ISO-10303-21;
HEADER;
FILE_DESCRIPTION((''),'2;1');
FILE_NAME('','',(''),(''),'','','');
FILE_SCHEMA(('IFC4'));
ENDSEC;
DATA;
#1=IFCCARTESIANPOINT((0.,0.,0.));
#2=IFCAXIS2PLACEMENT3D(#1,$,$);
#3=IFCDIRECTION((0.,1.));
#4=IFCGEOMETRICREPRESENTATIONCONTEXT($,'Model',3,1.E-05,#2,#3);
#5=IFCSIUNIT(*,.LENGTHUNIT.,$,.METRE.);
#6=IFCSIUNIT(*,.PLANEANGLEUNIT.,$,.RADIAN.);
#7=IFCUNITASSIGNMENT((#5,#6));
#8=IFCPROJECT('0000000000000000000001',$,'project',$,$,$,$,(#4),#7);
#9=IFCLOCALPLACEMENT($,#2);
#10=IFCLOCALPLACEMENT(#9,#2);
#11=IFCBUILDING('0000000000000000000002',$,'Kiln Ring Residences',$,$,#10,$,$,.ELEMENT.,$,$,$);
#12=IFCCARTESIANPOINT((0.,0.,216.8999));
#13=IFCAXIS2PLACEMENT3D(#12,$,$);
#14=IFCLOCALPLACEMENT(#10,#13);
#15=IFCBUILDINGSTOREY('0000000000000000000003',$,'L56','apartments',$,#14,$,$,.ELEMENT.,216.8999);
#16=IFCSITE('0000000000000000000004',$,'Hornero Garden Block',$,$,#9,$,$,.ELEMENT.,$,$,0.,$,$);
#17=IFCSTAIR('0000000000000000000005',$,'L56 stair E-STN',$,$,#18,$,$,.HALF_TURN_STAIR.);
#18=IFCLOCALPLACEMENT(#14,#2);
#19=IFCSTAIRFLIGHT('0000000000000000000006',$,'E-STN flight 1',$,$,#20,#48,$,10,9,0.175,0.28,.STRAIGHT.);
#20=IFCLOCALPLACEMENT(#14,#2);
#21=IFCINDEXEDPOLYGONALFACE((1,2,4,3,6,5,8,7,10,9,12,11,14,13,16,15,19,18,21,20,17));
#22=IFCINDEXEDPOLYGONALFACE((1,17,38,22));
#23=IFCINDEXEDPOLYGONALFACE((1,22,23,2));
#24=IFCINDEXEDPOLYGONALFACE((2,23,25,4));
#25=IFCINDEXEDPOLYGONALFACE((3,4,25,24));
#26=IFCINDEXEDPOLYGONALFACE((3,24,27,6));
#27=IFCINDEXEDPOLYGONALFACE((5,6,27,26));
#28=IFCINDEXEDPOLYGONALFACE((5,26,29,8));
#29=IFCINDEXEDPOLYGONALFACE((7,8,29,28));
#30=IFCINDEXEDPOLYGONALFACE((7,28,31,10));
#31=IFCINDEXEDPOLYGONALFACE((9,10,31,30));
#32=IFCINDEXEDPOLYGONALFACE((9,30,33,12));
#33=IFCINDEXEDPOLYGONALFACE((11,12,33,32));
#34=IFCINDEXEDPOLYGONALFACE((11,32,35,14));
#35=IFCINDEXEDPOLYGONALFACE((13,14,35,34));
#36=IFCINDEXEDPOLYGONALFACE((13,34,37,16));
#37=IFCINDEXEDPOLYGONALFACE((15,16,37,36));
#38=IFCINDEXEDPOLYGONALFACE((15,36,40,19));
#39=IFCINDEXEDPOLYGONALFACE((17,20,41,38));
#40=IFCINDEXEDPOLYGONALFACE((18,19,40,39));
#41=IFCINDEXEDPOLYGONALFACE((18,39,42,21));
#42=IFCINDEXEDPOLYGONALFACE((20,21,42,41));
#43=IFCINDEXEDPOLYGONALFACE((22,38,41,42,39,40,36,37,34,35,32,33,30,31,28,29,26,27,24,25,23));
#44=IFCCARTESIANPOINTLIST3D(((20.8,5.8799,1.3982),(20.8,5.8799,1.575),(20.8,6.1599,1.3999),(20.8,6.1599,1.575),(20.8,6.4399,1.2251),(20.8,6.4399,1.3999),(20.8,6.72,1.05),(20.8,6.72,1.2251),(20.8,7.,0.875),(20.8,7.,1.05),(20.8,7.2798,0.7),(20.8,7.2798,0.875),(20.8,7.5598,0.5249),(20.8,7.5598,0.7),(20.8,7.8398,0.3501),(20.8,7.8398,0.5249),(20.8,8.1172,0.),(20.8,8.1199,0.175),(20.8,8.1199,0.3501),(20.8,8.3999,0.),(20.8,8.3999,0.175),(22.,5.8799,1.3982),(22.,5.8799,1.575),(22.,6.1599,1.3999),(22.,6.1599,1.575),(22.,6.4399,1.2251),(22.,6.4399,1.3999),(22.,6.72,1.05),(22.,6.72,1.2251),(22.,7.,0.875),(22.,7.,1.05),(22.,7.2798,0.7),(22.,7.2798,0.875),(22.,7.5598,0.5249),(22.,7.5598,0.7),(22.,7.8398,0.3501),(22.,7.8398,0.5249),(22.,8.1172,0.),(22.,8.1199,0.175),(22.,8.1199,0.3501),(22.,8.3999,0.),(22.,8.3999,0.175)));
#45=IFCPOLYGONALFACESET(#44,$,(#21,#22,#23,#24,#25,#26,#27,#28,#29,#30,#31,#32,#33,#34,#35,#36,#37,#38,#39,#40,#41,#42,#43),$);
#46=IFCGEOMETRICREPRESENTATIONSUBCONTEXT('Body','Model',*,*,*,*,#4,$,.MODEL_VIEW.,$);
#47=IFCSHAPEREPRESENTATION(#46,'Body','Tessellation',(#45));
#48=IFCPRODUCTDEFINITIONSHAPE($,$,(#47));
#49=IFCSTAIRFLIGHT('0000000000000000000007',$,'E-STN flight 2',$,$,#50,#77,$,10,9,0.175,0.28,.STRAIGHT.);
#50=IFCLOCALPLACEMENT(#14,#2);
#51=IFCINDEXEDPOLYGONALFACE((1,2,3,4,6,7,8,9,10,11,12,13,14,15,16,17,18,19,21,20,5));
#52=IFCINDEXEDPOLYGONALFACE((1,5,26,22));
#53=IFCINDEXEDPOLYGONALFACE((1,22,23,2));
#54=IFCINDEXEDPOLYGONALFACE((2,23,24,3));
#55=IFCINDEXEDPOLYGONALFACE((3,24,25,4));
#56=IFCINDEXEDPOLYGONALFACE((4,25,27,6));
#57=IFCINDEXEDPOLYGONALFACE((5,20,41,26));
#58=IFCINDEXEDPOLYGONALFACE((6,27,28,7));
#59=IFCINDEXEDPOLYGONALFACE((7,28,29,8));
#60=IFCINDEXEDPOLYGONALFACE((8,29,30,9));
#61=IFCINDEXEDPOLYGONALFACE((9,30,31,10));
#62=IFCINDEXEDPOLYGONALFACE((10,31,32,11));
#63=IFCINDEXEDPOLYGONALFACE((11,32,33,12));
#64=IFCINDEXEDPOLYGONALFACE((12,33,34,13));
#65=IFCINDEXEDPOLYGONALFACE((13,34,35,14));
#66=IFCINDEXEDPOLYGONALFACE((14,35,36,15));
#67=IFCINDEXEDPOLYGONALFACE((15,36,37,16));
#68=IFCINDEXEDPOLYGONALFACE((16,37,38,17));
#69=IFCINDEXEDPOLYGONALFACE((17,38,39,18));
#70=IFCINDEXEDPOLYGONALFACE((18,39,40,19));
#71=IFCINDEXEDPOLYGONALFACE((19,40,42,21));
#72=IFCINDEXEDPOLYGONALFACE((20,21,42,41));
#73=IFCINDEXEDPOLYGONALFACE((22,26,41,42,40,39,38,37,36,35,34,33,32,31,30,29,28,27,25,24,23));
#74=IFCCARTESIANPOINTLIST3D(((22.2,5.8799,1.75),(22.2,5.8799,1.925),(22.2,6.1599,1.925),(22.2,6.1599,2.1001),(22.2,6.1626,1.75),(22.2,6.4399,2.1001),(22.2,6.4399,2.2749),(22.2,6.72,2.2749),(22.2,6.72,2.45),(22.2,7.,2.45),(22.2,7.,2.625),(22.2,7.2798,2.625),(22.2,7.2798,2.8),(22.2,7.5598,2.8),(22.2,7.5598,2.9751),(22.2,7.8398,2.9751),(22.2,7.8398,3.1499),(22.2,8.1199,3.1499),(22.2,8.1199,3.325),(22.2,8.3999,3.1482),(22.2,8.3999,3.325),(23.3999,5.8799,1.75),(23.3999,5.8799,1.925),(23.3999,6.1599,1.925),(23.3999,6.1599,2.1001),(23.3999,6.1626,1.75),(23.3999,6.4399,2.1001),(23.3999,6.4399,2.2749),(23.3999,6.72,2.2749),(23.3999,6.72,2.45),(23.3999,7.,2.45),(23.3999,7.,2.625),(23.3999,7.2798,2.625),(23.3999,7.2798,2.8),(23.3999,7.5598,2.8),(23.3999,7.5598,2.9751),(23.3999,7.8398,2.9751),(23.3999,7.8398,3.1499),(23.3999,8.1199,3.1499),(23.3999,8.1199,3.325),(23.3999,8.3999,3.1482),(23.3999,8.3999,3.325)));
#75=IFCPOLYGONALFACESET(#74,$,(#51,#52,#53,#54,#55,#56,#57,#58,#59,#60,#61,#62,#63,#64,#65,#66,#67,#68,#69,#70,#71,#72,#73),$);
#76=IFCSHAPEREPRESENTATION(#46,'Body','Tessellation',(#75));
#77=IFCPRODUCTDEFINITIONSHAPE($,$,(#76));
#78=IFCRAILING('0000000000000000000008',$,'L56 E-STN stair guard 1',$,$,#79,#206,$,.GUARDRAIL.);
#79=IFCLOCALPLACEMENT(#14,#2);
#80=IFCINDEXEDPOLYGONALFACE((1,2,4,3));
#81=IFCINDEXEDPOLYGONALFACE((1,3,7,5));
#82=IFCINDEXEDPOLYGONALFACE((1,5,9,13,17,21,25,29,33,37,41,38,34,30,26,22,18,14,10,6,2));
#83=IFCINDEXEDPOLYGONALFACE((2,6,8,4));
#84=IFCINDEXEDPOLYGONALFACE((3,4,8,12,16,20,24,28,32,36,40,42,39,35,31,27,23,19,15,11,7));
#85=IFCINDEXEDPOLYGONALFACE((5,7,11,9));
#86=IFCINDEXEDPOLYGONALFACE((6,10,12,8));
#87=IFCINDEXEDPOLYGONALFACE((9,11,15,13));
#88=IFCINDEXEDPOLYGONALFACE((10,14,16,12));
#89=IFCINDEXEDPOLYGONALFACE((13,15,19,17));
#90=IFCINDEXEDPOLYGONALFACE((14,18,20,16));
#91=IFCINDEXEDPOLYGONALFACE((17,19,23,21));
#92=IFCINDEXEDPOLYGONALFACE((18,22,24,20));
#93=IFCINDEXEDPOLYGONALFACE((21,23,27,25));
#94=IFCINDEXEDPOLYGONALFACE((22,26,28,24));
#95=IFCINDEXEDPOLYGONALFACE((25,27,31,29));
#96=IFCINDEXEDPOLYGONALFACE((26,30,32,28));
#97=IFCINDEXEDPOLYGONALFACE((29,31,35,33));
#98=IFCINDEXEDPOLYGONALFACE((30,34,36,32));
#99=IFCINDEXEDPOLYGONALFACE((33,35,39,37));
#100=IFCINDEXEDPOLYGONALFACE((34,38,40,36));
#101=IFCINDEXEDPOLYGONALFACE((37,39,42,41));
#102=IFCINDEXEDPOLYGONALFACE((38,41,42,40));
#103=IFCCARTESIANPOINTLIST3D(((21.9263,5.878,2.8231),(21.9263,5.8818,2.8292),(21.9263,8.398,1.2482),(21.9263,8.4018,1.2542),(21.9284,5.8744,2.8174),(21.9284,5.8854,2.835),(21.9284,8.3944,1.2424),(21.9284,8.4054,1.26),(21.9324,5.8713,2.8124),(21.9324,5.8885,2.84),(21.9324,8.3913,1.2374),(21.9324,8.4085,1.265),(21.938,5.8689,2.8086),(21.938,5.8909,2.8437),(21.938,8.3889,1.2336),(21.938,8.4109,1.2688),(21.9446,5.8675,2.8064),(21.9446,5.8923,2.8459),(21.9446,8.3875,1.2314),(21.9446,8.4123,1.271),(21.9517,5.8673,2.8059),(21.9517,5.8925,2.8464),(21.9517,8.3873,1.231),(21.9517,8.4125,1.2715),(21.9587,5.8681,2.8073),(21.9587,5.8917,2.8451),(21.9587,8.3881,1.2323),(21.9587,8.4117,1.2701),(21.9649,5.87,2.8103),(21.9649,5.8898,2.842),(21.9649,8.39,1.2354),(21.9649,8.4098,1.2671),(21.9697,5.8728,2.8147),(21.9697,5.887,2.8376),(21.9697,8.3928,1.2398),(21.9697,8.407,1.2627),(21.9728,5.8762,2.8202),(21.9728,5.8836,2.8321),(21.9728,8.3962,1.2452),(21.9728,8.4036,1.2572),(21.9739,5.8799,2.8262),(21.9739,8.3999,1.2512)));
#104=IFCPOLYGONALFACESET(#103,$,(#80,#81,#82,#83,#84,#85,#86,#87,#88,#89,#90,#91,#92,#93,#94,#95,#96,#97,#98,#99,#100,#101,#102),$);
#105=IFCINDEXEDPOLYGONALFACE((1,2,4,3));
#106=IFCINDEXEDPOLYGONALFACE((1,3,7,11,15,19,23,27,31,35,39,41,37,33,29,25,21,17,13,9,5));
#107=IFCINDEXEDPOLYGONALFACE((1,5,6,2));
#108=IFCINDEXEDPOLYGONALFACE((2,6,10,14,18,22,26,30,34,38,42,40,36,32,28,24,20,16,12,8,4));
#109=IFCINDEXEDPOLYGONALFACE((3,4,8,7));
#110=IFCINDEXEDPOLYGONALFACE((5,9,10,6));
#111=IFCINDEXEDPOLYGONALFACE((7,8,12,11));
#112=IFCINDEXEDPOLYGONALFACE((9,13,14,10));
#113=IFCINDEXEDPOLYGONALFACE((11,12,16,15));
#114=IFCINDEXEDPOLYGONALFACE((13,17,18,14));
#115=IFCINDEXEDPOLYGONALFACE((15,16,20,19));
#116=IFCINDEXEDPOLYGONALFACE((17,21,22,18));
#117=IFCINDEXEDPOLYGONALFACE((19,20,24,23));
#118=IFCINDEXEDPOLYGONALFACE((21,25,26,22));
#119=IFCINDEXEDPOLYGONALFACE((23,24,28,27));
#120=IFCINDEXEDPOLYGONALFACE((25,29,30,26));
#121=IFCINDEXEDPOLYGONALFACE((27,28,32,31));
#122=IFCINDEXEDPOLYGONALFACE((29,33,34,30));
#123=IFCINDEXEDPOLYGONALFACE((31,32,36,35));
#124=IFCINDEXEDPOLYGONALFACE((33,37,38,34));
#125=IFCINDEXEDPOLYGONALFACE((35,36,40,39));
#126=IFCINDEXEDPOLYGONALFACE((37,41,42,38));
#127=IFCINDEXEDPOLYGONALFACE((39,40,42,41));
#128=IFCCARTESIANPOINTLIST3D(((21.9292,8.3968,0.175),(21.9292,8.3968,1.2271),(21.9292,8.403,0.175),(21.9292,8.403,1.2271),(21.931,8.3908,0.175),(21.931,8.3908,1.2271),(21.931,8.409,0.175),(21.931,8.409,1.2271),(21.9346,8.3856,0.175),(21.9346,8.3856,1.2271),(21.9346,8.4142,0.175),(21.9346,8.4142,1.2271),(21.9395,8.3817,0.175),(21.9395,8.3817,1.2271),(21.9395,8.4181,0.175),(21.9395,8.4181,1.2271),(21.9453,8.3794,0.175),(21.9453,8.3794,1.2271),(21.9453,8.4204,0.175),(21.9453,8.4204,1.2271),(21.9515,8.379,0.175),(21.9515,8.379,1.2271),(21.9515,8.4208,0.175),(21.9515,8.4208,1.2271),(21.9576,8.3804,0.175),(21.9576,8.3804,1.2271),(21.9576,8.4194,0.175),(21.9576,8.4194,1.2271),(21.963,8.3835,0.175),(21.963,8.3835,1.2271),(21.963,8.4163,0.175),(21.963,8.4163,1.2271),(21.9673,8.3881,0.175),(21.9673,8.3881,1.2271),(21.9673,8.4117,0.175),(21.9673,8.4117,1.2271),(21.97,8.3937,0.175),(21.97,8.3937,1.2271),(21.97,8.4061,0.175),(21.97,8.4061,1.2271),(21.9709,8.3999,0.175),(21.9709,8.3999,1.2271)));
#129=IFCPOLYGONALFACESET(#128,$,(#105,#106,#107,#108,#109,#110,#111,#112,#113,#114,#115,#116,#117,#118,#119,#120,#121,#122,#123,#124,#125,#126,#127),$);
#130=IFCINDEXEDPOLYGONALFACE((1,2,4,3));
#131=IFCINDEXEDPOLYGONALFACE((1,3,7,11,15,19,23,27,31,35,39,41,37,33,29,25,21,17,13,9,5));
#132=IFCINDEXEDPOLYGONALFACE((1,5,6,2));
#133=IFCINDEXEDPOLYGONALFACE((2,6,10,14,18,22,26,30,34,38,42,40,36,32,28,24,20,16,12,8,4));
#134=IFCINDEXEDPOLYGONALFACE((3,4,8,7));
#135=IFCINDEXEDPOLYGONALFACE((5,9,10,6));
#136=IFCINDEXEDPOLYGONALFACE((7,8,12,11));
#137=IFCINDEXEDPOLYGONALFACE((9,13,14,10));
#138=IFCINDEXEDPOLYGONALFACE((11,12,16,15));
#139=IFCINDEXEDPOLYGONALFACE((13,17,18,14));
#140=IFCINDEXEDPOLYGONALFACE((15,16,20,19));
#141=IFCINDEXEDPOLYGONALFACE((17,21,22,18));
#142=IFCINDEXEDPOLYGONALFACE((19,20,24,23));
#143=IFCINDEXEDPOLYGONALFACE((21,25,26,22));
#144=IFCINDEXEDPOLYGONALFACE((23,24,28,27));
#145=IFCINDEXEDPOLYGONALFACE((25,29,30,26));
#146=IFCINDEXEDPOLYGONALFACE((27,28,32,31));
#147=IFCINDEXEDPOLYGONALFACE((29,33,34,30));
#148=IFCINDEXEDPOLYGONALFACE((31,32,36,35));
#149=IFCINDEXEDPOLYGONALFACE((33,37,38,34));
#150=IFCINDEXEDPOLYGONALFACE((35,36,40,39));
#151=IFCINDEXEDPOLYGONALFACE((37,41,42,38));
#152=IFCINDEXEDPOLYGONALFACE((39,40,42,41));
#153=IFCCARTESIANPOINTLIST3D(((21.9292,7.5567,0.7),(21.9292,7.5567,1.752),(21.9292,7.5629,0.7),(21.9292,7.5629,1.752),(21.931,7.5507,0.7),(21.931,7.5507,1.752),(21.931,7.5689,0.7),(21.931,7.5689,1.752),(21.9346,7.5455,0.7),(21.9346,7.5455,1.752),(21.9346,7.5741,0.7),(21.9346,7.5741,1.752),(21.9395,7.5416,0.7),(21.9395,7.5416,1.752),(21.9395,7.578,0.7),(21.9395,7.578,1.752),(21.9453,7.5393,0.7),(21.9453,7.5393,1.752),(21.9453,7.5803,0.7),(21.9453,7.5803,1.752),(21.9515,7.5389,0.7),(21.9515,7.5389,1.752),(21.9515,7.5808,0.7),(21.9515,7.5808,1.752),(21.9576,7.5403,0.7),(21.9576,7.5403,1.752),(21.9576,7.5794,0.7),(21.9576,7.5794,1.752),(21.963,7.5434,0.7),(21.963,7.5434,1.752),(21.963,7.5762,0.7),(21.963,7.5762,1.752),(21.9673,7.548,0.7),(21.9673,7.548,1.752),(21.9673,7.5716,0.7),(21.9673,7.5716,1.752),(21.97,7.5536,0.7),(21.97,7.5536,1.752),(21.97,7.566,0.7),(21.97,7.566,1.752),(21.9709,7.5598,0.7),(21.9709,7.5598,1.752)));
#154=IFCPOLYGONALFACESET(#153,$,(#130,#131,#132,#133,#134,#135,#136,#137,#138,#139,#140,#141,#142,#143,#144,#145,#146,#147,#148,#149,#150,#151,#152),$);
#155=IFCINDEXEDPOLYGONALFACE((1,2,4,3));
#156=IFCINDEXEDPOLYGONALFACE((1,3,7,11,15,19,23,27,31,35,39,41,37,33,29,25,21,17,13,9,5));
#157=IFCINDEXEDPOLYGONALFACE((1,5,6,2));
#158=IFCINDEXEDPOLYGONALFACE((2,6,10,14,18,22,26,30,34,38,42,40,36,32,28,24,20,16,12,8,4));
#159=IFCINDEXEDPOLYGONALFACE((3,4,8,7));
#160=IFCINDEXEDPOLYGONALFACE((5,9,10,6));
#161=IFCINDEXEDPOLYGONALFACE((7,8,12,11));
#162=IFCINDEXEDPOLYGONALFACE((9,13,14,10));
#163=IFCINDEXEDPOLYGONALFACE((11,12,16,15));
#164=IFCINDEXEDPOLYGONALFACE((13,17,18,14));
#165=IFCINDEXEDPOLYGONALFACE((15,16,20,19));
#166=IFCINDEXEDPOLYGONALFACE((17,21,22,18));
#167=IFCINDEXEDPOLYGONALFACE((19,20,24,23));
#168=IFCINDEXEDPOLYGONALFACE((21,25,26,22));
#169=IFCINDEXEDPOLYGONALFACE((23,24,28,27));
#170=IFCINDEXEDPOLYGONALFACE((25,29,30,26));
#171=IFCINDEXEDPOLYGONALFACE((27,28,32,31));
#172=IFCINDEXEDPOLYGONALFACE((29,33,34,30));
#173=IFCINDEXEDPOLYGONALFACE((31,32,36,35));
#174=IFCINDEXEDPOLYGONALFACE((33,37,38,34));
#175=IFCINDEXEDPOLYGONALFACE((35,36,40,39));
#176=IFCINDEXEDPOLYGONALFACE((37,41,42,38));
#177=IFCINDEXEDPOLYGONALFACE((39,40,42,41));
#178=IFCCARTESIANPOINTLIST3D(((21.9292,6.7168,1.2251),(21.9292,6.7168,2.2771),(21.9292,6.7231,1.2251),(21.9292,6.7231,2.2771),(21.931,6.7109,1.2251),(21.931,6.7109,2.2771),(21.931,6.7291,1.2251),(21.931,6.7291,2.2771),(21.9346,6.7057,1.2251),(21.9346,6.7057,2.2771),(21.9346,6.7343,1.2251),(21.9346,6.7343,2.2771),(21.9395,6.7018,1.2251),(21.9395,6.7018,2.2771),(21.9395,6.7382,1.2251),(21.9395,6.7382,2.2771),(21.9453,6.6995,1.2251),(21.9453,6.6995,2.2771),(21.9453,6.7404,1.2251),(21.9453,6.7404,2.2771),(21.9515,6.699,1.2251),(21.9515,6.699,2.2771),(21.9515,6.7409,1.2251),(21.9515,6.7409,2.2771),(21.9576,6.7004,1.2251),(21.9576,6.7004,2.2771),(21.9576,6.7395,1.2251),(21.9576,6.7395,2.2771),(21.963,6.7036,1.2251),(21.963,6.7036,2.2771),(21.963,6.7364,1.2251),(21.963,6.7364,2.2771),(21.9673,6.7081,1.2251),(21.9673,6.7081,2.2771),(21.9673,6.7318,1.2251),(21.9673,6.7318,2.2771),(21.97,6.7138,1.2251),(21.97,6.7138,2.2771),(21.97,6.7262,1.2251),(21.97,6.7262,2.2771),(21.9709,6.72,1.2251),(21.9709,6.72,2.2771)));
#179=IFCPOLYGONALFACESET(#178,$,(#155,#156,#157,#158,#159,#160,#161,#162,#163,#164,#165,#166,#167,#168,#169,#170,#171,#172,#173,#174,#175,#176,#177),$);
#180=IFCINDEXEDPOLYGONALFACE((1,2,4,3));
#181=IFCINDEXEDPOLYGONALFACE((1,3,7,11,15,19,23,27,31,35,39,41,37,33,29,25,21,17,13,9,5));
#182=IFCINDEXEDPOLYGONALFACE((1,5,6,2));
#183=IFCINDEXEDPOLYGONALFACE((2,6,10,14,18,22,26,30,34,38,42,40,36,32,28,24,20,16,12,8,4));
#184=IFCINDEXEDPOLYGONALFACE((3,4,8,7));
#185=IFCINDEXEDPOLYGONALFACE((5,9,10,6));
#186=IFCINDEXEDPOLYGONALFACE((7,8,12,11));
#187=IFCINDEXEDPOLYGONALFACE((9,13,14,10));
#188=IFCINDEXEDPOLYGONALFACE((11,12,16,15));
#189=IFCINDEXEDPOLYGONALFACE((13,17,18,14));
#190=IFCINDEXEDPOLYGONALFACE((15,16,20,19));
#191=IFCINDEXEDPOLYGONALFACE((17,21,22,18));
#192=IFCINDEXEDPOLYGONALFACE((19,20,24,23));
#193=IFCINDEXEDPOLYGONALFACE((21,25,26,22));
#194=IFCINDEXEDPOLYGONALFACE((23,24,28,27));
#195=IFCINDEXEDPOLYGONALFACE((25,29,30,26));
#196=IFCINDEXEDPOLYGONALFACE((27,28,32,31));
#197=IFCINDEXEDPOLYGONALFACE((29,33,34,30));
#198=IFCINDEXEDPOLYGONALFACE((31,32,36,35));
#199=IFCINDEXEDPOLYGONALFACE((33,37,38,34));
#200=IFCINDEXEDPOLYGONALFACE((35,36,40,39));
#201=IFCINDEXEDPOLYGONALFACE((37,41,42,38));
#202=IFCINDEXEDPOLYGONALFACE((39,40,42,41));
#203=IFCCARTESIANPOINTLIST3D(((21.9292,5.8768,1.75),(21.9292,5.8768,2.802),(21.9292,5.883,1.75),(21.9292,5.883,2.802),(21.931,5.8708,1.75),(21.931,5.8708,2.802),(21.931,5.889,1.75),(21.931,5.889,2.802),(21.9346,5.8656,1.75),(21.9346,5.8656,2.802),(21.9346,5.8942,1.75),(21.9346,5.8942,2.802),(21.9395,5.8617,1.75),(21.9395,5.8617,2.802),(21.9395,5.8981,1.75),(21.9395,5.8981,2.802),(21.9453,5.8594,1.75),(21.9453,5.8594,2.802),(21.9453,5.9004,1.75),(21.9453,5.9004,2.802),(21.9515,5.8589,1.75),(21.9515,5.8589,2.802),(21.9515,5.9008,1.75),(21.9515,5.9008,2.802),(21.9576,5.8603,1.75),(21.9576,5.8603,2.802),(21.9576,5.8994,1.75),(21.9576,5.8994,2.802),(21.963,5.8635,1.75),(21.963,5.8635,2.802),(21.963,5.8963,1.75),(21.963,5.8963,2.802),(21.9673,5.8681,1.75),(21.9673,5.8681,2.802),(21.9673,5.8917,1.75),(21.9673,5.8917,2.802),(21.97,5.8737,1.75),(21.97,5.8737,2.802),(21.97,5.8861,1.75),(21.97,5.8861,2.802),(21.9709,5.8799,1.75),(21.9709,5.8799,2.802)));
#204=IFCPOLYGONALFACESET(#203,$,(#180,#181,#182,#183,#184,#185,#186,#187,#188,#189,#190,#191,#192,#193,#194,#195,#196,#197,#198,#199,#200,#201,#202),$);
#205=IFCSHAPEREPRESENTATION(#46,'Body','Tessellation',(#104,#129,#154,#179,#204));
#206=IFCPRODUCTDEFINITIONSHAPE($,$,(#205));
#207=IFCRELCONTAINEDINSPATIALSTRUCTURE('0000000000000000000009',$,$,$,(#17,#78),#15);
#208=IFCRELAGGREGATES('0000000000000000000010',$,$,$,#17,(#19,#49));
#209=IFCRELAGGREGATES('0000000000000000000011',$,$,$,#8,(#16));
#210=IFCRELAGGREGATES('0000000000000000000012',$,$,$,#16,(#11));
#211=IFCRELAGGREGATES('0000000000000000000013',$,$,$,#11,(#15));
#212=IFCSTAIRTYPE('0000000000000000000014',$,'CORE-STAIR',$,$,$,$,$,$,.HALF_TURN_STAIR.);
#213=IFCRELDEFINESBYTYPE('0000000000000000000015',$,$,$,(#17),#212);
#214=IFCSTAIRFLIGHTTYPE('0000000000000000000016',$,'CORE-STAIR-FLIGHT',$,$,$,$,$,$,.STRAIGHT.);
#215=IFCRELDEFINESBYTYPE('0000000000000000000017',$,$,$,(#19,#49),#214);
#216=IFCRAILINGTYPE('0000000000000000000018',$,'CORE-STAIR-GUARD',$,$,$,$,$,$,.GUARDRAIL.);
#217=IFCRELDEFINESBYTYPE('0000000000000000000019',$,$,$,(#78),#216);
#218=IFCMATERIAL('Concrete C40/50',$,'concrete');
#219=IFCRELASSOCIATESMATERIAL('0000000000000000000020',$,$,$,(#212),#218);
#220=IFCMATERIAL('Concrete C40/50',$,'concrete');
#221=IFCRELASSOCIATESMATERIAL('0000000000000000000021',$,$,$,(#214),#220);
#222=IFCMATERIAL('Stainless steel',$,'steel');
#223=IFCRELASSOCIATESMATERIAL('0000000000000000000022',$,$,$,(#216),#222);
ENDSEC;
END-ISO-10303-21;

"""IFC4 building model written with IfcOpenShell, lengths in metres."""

from ifc_helpers import new_model, si_unit, direction, frame, origin, origin_2d, place, context, subcontext, project, spatial, polyline, circle, outline, extrude, material, type_object, element, aggregate, save


model = new_model("IFC4")

# Units and contexts
model_context = context("Model", 3, precision=1e-05, world=origin(), true_north=direction((0.0, 1.0)))
body_context = subcontext(model_context, "Body", "Model", "MODEL_VIEW")
ifc_project = project(units=[si_unit("LENGTHUNIT", "METRE"), si_unit("PLANEANGLEUNIT", "RADIAN")], contexts=[model_context])

# Site, building, storey
site_placement = place(None, origin())
site = spatial("IfcSite", under=ifc_project, at=site_placement, Name="Hornero Garden Block", CompositionType="ELEMENT", RefElevation=0.0)
building_placement = place(site_placement, origin())
building = spatial("IfcBuilding", under=site, at=building_placement, Name="Kiln Ring Residences", CompositionType="ELEMENT")
storey_placement = place(building_placement, frame((0.0, 0.0, 216.8999)))
storey = spatial("IfcBuildingStorey", under=building, at=storey_placement, Name="L56", Description="apartments", CompositionType="ELEMENT", Elevation=216.8999)

# Stair, stair flights
ifc_material_1 = material(Name="Concrete C40/50", Category="concrete")
stair_type = type_object("IfcStairType", Name="CORE-STAIR", PredefinedType="HALF_TURN_STAIR", material=ifc_material_1)
stair_placement = place(storey_placement, origin())
stair = element("IfcStair", 1, at=stair_placement, inside=storey, type_object=stair_type, Name="L56 stair E-STN", PredefinedType="HALF_TURN_STAIR")
ifc_material_2 = material(Name="Concrete C40/50", Category="concrete")
stair_flight_type = type_object("IfcStairFlightType", Name="CORE-STAIR-FLIGHT", PredefinedType="STRAIGHT", material=ifc_material_2)
stair_flight_1_placement = place(storey_placement, frame((21.3999, 8.3999, 0.0), z_axis=(0.0, 0.0, 1.0), x_axis=(0.0, -1.0, 0.0)))
stair_flight_1 = element("IfcStairFlight", 2, at=stair_flight_1_placement, type_object=stair_flight_type, Name="E-STN flight 1", NumberOfRisers=10, NumberOfTreads=9, PredefinedType="STRAIGHT", RiserHeight=0.175, TreadLength=0.28, context=body_context, shape_type="SweptSolid", body=[
    extrude(outline(polyline([(0.0, 0.0), (0.0, 0.175), (0.28, 0.175), (0.28, 0.3501), (0.5601, 0.3501), (0.5601, 0.5249), (0.8401, 0.5249), (0.8401, 0.7), (1.1201, 0.7), (1.1201, 0.875), (1.3999, 0.875), (1.3999, 1.05), (1.6799, 1.05), (1.6799, 1.2251), (1.96, 1.2251), (1.96, 1.3999), (2.24, 1.3999), (2.24, 1.575), (2.52, 1.575), (2.52, 1.75), (2.52, 1.3982), (0.2827, 0.0), (0.0, 0.0)])), frame((0.0, 0.6001, 0.0), z_axis=(0.0, -1.0, 0.0), x_axis=(1.0, 0.0, 0.0)), (0.0, 0.0, 1.0), 1.2),
])
stair_flight_2_placement = place(storey_placement, frame((22.8, 5.8799, 1.75), z_axis=(0.0, 0.0, 1.0), x_axis=(0.0, 1.0, 0.0)))
stair_flight_2 = element("IfcStairFlight", 3, at=stair_flight_2_placement, type_object=stair_flight_type, Name="E-STN flight 2", NumberOfRisers=10, NumberOfTreads=9, PredefinedType="STRAIGHT", RiserHeight=0.175, TreadLength=0.28, context=body_context, shape_type="SweptSolid", body=[
    extrude(outline(polyline([(0.0, 0.0), (0.0, 0.175), (0.28, 0.175), (0.28, 0.3501), (0.5601, 0.3501), (0.5601, 0.5249), (0.8401, 0.5249), (0.8401, 0.7), (1.1201, 0.7), (1.1201, 0.875), (1.3999, 0.875), (1.3999, 1.05), (1.6799, 1.05), (1.6799, 1.2251), (1.96, 1.2251), (1.96, 1.3999), (2.24, 1.3999), (2.24, 1.575), (2.52, 1.575), (2.52, 1.75), (2.52, 1.3982), (0.2827, 0.0), (0.0, 0.0)])), frame((0.0, 0.6001, 0.0), z_axis=(0.0, -1.0, 0.0), x_axis=(1.0, 0.0, 0.0)), (0.0, 0.0, 1.0), 1.2),
])
aggregate(stair, [stair_flight_1, stair_flight_2])

# Railing
ifc_material_3 = material(Name="Stainless steel", Category="steel")
railing_type_1 = type_object("IfcRailingType", Name="CORE-STAIR-GUARD", PredefinedType="GUARDRAIL", material=ifc_material_3)
railing_1_placement = place(storey_placement, frame((21.95, 8.3999, 0.175)))
element("IfcRailing", 4, at=railing_1_placement, inside=storey, type_object=railing_type_1, Name="L56 E-STN stair guard 1", PredefinedType="GUARDRAIL", context=body_context, shape_type="SweptSolid", body=[
    extrude(circle(Radius=0.0239, at=origin_2d()), frame((0.0, 0.0, 1.0762), z_axis=(0.0, -0.848008, 0.529984), x_axis=(1.0, 0.0, 0.0)), (0.0, 0.0, 1.0), 2.9717),
    extrude(circle(Radius=0.021, at=origin_2d()), origin(), (0.0, 0.0, 1.0), 1.052),
    extrude(circle(Radius=0.021, at=origin_2d()), frame((0.0, -0.8401, 0.5249)), (0.0, 0.0, 1.0), 1.052),
    extrude(circle(Radius=0.021, at=origin_2d()), frame((0.0, -1.6799, 1.05)), (0.0, 0.0, 1.0), 1.052),
    extrude(circle(Radius=0.021, at=origin_2d()), frame((0.0, -2.52, 1.575)), (0.0, 0.0, 1.0), 1.052),
])

save(model, "model.ifc")
